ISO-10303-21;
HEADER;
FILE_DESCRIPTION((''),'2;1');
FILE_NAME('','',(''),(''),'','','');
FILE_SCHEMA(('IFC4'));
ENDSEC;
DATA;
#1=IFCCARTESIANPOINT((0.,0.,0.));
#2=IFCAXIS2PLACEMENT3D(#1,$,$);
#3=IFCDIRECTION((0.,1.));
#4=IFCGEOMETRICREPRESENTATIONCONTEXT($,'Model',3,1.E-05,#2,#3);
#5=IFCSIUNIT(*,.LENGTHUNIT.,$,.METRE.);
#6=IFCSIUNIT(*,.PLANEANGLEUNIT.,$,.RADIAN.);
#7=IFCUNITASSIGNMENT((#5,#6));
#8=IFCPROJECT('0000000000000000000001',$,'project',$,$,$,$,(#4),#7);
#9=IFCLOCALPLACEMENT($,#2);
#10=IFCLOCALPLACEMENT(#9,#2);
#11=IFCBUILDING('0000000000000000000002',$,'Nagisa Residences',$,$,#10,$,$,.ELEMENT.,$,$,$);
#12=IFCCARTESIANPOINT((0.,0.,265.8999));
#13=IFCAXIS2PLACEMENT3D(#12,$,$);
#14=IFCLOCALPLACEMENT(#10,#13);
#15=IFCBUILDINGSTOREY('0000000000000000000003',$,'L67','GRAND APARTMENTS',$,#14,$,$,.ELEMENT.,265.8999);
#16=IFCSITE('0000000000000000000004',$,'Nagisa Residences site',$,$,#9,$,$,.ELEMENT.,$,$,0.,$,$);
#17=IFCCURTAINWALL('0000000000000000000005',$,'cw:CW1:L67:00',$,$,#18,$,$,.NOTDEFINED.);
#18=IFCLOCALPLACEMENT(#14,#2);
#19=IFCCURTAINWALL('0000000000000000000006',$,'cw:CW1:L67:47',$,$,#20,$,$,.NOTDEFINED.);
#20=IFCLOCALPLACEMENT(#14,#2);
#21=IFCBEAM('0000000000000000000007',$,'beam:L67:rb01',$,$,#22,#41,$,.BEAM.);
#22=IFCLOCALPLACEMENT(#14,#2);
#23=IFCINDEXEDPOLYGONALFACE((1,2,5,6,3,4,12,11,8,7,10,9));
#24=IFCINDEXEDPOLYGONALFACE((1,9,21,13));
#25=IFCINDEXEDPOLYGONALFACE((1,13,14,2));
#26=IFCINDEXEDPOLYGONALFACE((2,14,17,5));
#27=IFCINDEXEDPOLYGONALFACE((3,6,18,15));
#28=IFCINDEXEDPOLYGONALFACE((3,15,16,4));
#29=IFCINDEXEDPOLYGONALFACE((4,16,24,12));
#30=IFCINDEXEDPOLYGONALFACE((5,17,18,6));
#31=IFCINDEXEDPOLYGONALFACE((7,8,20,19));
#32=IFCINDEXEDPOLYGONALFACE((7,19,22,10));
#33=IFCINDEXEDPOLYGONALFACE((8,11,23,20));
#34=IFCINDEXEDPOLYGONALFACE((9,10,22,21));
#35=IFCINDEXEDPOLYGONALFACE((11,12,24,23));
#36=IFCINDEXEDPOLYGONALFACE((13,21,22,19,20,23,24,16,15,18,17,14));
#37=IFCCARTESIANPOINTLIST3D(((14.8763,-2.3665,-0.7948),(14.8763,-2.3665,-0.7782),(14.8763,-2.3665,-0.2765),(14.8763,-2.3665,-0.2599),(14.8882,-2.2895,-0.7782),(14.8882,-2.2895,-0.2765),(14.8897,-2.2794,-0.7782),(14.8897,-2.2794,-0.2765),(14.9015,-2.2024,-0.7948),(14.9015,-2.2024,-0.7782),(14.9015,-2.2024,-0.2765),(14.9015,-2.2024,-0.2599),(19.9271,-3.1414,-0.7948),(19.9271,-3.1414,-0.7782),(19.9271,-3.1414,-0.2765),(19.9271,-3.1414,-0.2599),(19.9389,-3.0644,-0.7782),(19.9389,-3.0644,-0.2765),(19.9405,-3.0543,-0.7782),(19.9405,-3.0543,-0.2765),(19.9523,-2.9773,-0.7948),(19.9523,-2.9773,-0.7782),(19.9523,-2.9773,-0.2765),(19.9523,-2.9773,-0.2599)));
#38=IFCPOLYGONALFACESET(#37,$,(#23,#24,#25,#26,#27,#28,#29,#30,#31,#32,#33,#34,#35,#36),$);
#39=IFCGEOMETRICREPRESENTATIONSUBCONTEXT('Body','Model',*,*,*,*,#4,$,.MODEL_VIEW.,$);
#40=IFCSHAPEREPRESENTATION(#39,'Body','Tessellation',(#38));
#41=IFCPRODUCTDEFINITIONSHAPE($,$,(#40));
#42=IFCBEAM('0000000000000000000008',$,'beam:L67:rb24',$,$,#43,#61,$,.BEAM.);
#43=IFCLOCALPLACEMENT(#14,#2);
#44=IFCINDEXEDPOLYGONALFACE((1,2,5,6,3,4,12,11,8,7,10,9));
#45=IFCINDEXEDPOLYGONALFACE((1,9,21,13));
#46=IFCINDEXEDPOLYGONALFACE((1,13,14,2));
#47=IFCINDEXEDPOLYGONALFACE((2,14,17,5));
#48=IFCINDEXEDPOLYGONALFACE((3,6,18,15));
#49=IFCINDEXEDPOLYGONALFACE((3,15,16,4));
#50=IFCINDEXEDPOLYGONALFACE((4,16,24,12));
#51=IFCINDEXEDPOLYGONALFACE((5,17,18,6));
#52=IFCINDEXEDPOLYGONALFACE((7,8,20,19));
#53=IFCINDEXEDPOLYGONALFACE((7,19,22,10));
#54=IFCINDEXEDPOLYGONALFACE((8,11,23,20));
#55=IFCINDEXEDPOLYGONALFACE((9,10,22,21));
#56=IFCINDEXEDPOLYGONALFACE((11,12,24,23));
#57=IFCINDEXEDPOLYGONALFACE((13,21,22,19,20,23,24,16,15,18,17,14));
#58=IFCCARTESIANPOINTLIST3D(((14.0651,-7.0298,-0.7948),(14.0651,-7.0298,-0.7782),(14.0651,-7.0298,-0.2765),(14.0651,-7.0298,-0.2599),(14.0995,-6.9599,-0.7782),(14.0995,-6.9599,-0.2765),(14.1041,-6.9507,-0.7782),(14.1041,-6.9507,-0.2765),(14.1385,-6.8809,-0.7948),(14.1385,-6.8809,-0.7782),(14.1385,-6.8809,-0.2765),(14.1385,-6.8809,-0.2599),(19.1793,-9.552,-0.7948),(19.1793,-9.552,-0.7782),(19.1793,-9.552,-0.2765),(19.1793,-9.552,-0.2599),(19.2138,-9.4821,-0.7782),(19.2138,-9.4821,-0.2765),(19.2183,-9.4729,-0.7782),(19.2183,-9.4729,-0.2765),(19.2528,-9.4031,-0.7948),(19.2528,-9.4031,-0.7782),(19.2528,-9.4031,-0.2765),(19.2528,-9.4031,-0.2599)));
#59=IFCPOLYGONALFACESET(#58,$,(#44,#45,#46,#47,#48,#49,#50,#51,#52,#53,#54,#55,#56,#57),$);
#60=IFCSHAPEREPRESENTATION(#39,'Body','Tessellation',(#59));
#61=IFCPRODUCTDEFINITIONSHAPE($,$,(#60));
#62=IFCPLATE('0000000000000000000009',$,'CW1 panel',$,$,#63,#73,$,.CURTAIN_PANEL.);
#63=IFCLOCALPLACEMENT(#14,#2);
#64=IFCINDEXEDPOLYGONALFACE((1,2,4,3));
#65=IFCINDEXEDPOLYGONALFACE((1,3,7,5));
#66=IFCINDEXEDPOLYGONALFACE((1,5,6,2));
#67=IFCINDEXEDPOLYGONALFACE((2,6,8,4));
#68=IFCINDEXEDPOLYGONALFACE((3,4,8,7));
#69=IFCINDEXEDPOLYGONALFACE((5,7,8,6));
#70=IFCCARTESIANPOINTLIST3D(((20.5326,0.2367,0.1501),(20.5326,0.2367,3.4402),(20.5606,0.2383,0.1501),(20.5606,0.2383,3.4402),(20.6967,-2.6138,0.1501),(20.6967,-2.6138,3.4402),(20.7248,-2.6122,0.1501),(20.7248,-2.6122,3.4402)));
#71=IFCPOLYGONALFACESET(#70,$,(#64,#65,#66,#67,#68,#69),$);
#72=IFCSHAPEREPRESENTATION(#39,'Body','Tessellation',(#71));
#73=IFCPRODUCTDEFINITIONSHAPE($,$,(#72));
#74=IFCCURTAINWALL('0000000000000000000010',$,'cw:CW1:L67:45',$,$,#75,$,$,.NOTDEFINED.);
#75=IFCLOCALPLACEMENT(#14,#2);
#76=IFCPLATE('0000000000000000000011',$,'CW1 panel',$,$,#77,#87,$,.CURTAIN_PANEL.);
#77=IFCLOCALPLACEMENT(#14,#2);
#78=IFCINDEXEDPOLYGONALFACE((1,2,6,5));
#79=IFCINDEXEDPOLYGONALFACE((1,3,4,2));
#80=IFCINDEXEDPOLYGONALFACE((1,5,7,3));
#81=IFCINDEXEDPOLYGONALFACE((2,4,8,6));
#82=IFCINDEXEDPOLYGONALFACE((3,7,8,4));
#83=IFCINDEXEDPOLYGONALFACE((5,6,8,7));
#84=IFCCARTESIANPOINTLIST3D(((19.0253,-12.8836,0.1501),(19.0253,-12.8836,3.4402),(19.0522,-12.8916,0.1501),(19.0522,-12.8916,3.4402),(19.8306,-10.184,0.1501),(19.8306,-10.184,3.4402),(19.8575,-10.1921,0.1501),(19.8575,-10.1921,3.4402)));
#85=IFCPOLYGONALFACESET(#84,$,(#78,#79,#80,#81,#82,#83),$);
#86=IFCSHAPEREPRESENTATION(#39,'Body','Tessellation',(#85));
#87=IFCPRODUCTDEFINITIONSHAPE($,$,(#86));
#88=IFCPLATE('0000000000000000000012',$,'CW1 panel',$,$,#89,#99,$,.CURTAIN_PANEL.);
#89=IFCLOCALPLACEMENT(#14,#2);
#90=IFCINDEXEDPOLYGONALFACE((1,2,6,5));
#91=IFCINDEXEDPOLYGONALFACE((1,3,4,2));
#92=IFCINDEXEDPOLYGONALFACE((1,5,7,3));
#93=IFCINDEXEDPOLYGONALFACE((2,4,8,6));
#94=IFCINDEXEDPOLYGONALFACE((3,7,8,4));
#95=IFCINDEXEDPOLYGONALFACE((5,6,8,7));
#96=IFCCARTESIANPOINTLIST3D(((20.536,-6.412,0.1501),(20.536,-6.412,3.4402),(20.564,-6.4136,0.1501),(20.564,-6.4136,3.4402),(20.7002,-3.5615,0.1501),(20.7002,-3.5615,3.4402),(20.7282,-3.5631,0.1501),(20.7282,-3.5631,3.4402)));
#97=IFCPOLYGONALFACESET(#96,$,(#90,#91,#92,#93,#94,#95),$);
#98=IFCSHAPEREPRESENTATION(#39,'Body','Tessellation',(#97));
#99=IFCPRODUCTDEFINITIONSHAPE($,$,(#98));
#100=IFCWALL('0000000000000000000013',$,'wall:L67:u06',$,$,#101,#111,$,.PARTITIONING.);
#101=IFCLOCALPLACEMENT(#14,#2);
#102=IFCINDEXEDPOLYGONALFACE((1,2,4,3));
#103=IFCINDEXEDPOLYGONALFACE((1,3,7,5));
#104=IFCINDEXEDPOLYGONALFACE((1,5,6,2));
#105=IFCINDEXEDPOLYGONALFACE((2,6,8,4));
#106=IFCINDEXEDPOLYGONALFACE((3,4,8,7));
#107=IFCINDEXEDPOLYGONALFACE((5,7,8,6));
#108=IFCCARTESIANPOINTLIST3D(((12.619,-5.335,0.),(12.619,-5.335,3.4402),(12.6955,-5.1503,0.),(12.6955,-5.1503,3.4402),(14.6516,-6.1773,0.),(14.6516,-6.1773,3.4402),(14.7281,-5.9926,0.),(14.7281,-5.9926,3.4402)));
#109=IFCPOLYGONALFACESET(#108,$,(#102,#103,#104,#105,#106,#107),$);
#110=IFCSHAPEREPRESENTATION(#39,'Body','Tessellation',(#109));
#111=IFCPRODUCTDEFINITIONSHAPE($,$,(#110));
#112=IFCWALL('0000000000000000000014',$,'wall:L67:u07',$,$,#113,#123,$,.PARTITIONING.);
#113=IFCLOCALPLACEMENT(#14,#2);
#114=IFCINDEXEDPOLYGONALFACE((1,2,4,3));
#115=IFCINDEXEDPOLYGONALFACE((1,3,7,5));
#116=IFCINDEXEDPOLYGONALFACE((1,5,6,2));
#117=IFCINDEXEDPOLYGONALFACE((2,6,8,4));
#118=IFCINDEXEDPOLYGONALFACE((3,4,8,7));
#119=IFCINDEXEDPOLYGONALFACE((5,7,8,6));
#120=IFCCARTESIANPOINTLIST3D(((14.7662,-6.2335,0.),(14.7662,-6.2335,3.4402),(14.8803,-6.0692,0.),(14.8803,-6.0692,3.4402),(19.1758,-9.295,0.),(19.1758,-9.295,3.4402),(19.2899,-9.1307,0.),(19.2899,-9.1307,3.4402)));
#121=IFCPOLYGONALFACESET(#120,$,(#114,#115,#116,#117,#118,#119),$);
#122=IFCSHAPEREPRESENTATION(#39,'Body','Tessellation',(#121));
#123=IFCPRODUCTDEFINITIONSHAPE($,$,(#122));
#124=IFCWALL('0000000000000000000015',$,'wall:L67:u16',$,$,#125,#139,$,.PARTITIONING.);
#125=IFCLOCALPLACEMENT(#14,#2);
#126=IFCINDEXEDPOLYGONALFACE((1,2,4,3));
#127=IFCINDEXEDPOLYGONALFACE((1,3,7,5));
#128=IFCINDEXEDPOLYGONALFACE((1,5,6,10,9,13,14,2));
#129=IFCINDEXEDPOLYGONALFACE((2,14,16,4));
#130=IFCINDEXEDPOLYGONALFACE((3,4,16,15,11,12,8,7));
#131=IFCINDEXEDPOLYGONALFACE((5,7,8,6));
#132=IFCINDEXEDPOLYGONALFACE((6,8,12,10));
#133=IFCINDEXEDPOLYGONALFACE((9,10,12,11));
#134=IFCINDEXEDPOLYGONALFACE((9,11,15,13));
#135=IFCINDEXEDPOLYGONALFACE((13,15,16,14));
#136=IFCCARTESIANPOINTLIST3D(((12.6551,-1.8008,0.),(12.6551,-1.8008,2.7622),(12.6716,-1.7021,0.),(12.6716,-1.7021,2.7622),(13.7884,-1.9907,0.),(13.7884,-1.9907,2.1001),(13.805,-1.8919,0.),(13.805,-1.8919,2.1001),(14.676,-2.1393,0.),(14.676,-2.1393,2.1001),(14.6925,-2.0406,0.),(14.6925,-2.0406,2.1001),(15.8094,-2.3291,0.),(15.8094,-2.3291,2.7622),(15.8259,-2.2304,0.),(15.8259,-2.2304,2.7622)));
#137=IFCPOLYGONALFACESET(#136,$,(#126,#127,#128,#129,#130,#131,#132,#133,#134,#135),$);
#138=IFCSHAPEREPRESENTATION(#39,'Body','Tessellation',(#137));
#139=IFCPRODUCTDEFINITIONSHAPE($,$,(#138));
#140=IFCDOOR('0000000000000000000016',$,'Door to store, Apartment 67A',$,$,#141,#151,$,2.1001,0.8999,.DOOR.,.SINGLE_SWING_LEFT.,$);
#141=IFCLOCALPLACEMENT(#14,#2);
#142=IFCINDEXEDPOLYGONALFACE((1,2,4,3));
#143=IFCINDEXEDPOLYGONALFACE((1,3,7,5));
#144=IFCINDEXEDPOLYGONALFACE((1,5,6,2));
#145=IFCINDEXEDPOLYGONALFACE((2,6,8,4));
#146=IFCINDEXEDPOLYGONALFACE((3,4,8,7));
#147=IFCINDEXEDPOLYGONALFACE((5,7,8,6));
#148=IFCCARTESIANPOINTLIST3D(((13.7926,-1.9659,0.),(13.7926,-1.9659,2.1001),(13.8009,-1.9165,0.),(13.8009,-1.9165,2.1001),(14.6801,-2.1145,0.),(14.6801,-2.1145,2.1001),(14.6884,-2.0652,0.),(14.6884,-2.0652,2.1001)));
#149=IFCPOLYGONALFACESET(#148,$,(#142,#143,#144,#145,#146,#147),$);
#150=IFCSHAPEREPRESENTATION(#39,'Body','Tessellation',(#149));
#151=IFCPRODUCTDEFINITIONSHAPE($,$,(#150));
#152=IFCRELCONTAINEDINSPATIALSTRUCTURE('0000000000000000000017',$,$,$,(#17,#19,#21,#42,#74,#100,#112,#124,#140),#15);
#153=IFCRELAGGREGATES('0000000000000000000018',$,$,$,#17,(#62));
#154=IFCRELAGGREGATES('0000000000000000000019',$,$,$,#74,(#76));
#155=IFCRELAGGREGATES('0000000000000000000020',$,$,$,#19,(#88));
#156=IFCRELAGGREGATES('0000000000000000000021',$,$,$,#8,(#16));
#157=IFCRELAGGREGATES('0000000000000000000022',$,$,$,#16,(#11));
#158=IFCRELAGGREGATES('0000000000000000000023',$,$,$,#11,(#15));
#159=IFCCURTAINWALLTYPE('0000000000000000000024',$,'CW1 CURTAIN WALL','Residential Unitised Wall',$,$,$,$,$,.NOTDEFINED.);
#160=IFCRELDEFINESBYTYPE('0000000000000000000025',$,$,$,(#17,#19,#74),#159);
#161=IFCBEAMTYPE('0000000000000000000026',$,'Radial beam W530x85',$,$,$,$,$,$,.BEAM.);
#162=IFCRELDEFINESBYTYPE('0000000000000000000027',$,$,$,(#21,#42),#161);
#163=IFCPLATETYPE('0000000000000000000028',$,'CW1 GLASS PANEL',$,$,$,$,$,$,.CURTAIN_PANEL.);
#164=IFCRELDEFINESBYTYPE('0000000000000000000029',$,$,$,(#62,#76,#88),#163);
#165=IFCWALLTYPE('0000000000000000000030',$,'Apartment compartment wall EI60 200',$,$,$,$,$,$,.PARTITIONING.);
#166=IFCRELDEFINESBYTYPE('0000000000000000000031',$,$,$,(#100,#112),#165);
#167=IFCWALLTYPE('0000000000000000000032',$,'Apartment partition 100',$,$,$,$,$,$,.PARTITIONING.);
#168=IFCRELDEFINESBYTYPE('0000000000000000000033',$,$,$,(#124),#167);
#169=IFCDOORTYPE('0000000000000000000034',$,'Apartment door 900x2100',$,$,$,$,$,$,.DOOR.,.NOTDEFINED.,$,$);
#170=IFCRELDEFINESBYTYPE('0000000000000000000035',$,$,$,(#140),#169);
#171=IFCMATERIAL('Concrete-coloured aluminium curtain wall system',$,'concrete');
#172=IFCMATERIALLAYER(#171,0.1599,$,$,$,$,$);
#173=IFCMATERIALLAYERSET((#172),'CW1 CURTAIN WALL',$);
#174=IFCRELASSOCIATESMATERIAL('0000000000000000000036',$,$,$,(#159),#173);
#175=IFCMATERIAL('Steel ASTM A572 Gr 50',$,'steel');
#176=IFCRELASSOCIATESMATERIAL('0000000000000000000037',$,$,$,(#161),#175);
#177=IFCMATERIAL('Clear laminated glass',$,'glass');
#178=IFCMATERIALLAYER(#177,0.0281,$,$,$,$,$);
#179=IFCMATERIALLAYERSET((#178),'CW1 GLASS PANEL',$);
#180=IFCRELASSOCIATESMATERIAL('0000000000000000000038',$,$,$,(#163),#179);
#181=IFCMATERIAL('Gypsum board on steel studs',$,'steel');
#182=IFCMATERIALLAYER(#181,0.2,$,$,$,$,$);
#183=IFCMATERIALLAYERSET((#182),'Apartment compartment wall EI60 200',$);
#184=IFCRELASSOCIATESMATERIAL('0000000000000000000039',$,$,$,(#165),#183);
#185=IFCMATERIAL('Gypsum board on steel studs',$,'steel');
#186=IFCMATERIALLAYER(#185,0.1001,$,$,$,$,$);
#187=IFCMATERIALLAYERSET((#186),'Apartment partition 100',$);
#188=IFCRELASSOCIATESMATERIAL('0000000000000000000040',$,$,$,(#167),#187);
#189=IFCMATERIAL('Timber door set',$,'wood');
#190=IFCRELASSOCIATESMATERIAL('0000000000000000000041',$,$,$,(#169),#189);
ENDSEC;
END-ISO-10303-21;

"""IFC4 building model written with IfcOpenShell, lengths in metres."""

from ifc_helpers import new_model, si_unit, direction, frame, frame_2d, origin, origin_2d, place, context, subcontext, project, spatial, rectangle, i_section, extrude, material, layer, layer_set, material_profile, profile_set, type_object, element, fill, aggregate, save


model = new_model("IFC4")

# Units and contexts
model_context = context("Model", 3, precision=1e-05, world=origin(), true_north=direction((0.0, 1.0)))
body_context = subcontext(model_context, "Body", "Model", "MODEL_VIEW")
ifc_project = project(units=[si_unit("LENGTHUNIT", "METRE"), si_unit("PLANEANGLEUNIT", "RADIAN")], contexts=[model_context])

# Site, building, storey
site_placement = place(None, origin())
site = spatial("IfcSite", under=ifc_project, at=site_placement, Name="Nagisa Residences site", CompositionType="ELEMENT", RefElevation=0.0)
building_placement = place(site_placement, origin())
building = spatial("IfcBuilding", under=site, at=building_placement, Name="Nagisa Residences", CompositionType="ELEMENT")
storey_placement = place(building_placement, frame((0.0, 0.0, 265.8999)))
storey = spatial("IfcBuildingStorey", under=building, at=storey_placement, Name="L67", Description="GRAND APARTMENTS", CompositionType="ELEMENT", Elevation=265.8999)

# Curtain walls
ifc_material_1 = material(Name="Concrete-coloured aluminium curtain wall system", Category="concrete")
ifc_layer_1 = layer(ifc_material_1, 0.1599)
ifc_layer_set_1 = layer_set([ifc_layer_1], Name="CW1 CURTAIN WALL")
curtain_wall_type = type_object("IfcCurtainWallType", Name="CW1 CURTAIN WALL", Description="Residential Unitised Wall", PredefinedType="NOTDEFINED", material=ifc_layer_set_1)
curtain_wall_1_placement = place(storey_placement, origin())
curtain_wall_1 = element("IfcCurtainWall", 1, at=curtain_wall_1_placement, inside=storey, type_object=curtain_wall_type, Name="cw:CW1:L67:00", PredefinedType="NOTDEFINED")
curtain_wall_2_placement = place(storey_placement, origin())
curtain_wall_2 = element("IfcCurtainWall", 2, at=curtain_wall_2_placement, inside=storey, type_object=curtain_wall_type, Name="cw:CW1:L67:47", PredefinedType="NOTDEFINED")

# Beams
ifc_material_2 = material(Name="Steel ASTM A572 Gr 50", Category="steel")
ifc_material_profile_1 = material_profile(ifc_material_2, i_section(OverallWidth=0.166, OverallDepth=0.5349, WebThickness=0.0103, FlangeThickness=0.0166, at=origin_2d()), Name="W530x85")
ifc_profile_set_1 = profile_set([ifc_material_profile_1], Name="Steel ASTM A572 Gr 50")
beam_type_1 = type_object("IfcBeamType", Name="Radial beam W530x85", PredefinedType="BEAM", material=ifc_profile_set_1)
beam_1_placement = place(storey_placement, frame((19.9397, -3.0593, -0.5273), z_axis=(-0.988435, 0.151648, 0.0), x_axis=(-0.151648, -0.988435, 0.0)))
element("IfcBeam", 3, at=beam_1_placement, inside=storey, type_object=beam_type_1, Name="beam:L67:rb01", PredefinedType="BEAM", context=body_context, shape_type="SweptSolid", body=[
    extrude(i_section(OverallWidth=0.166, OverallDepth=0.5349, WebThickness=0.0103, FlangeThickness=0.0166, at=origin_2d()), origin(), (0.0, 0.0, 1.0), 5.1099),
])
beam_2_placement = place(storey_placement, frame((19.2161, -9.4775, -0.5273), z_axis=(-0.896863, 0.442309, 0.0), x_axis=(-0.442309, -0.896863, 0.0)))
element("IfcBeam", 4, at=beam_2_placement, inside=storey, type_object=beam_type_1, Name="beam:L67:rb24", PredefinedType="BEAM", context=body_context, shape_type="SweptSolid", body=[
    extrude(i_section(OverallWidth=0.166, OverallDepth=0.5349, WebThickness=0.0103, FlangeThickness=0.0166, at=origin_2d()), origin(), (0.0, 0.0, 1.0), 5.7024),
])

# Plate
ifc_material_3 = material(Name="Clear laminated glass", Category="glass")
ifc_layer_2 = layer(ifc_material_3, 0.0281)
ifc_layer_set_2 = layer_set([ifc_layer_2], Name="CW1 GLASS PANEL")
plate_type = type_object("IfcPlateType", Name="CW1 GLASS PANEL", PredefinedType="CURTAIN_PANEL", material=ifc_layer_set_2)
plate_1_placement = place(storey_placement, frame((20.6287, -1.1877, 0.1501), z_axis=(0.0, 0.0, 1.0), x_axis=(-0.057503, 0.998345, 0.0)))
plate_1 = element("IfcPlate", 5, at=plate_1_placement, type_object=plate_type, Name="CW1 panel", PredefinedType="CURTAIN_PANEL", context=body_context, shape_type="SweptSolid", body=[
    extrude(rectangle(XDim=2.8552, YDim=0.0281, at=origin_2d()), origin(), (0.0, 0.0, 1.0), 3.29),
])
aggregate(curtain_wall_1, [plate_1])

# Curtain wall, plate
curtain_wall_3_placement = place(storey_placement, origin())
curtain_wall_3 = element("IfcCurtainWall", 6, at=curtain_wall_3_placement, inside=storey, type_object=curtain_wall_type, Name="cw:CW1:L67:45", PredefinedType="NOTDEFINED")
plate_2_placement = place(storey_placement, frame((19.4414, -11.5378, 0.1501), z_axis=(0.0, 0.0, 1.0), x_axis=(0.28586, 0.958271, 0.0)))
plate_2 = element("IfcPlate", 7, at=plate_2_placement, type_object=plate_type, Name="CW1 panel", PredefinedType="CURTAIN_PANEL", context=body_context, shape_type="SweptSolid", body=[
    extrude(rectangle(XDim=2.8171, YDim=0.0281, at=origin_2d()), origin(), (0.0, 0.0, 1.0), 3.29),
])
aggregate(curtain_wall_3, [plate_2])

# Plate
plate_3_placement = place(storey_placement, frame((20.6321, -4.9875, 0.1501), z_axis=(0.0, 0.0, 1.0), x_axis=(0.057503, 0.998345, 0.0)))
plate_3 = element("IfcPlate", 8, at=plate_3_placement, type_object=plate_type, Name="CW1 panel", PredefinedType="CURTAIN_PANEL", context=body_context, shape_type="SweptSolid", body=[
    extrude(rectangle(XDim=2.8552, YDim=0.0281, at=origin_2d()), origin(), (0.0, 0.0, 1.0), 3.29),
])
aggregate(curtain_wall_2, [plate_3])

# Walls
ifc_material_4 = material(Name="Gypsum board on steel studs", Category="steel")
ifc_layer_3 = layer(ifc_material_4, 0.2)
ifc_layer_set_3 = layer_set([ifc_layer_3], Name="Apartment compartment wall EI60 200")
wall_type_1 = type_object("IfcWallType", Name="Apartment compartment wall EI60 200", PredefinedType="PARTITIONING", material=ifc_layer_set_3)
wall_1_placement = place(storey_placement, frame((12.6572, -5.2427, 0.0), z_axis=(0.0, 0.0, 1.0), x_axis=(0.92383, -0.382803, 0.0)))
element("IfcWall", 9, at=wall_1_placement, inside=storey, type_object=wall_type_1, Name="wall:L67:u06", PredefinedType="PARTITIONING", context=body_context, shape_type="SweptSolid", body=[
    extrude(rectangle(XDim=2.2002, YDim=0.2, at=frame_2d((1.1001, 0.0))), origin(), (0.0, 0.0, 1.0), 3.4402),
])
wall_2_placement = place(storey_placement, frame((14.8232, -6.1514, 0.0), z_axis=(0.0, 0.0, 1.0), x_axis=(0.821435, -0.570302, 0.0)))
element("IfcWall", 10, at=wall_2_placement, inside=storey, type_object=wall_type_1, Name="wall:L67:u07", PredefinedType="PARTITIONING", context=body_context, shape_type="SweptSolid", body=[
    extrude(rectangle(XDim=5.3682, YDim=0.2, at=frame_2d((2.6841, 0.0))), origin(), (0.0, 0.0, 1.0), 3.4402),
])

# Wall, opening, door
ifc_material_5 = material(Name="Gypsum board on steel studs", Category="steel")
ifc_layer_4 = layer(ifc_material_5, 0.1001)
ifc_layer_set_4 = layer_set([ifc_layer_4], Name="Apartment partition 100")
wall_type_2 = type_object("IfcWallType", Name="Apartment partition 100", PredefinedType="PARTITIONING", material=ifc_layer_set_4)
wall_3_placement = place(storey_placement, frame((12.6633, -1.7515, 0.0), z_axis=(0.0, 0.0, 1.0), x_axis=(0.986262, -0.165191, 0.0)))
wall_3 = element("IfcWall", 11, at=wall_3_placement, inside=storey, type_object=wall_type_2, Name="wall:L67:u16", PredefinedType="PARTITIONING", context=body_context, shape_type="SweptSolid", body=[
    extrude(rectangle(XDim=3.1982, YDim=0.1001, at=frame_2d((1.5991, 0.0))), origin(), (0.0, 0.0, 1.0), 2.7622),
])
opening_1_placement = place(wall_3_placement, frame((1.1492, 0.0, 0.0)))
opening_1 = element("IfcOpeningElement", 12, at=opening_1_placement, cuts=wall_3, PredefinedType="OPENING", context=body_context, shape_type="SweptSolid", body=[
    extrude(rectangle(XDim=0.8999, YDim=2.1001, at=frame_2d((0.45, 1.05))), frame((0.0, 0.0601, 0.0), z_axis=(0.0, -1.0, 0.0), x_axis=(1.0, 0.0, 0.0)), (0.0, 0.0, 1.0), 0.1201),
])
ifc_material_6 = material(Name="Timber door set", Category="wood")
door_type_1 = type_object("IfcDoorType", Name="Apartment door 900x2100", OperationType="NOTDEFINED", PredefinedType="DOOR", material=ifc_material_6)
door_1_placement = place(opening_1_placement, frame((0.8999, 0.0, 0.0), x_axis=(-1.0, 0.0, 0.0)))
door_1 = element("IfcDoor", 13, at=door_1_placement, inside=storey, type_object=door_type_1, Name="Door to store, Apartment 67A", OperationType="SINGLE_SWING_LEFT", OverallHeight=2.1001, OverallWidth=0.8999, PredefinedType="DOOR", context=body_context, shape_type="SweptSolid", body=[
    extrude(rectangle(XDim=0.8999, YDim=2.1001, at=frame_2d((0.45, 1.05))), frame((0.0, 0.0249, 0.0), z_axis=(0.0, -1.0, 0.0), x_axis=(1.0, 0.0, 0.0)), (0.0, 0.0, 1.0), 0.05),
])
fill(opening_1, door_1)

save(model, "model.ifc")
